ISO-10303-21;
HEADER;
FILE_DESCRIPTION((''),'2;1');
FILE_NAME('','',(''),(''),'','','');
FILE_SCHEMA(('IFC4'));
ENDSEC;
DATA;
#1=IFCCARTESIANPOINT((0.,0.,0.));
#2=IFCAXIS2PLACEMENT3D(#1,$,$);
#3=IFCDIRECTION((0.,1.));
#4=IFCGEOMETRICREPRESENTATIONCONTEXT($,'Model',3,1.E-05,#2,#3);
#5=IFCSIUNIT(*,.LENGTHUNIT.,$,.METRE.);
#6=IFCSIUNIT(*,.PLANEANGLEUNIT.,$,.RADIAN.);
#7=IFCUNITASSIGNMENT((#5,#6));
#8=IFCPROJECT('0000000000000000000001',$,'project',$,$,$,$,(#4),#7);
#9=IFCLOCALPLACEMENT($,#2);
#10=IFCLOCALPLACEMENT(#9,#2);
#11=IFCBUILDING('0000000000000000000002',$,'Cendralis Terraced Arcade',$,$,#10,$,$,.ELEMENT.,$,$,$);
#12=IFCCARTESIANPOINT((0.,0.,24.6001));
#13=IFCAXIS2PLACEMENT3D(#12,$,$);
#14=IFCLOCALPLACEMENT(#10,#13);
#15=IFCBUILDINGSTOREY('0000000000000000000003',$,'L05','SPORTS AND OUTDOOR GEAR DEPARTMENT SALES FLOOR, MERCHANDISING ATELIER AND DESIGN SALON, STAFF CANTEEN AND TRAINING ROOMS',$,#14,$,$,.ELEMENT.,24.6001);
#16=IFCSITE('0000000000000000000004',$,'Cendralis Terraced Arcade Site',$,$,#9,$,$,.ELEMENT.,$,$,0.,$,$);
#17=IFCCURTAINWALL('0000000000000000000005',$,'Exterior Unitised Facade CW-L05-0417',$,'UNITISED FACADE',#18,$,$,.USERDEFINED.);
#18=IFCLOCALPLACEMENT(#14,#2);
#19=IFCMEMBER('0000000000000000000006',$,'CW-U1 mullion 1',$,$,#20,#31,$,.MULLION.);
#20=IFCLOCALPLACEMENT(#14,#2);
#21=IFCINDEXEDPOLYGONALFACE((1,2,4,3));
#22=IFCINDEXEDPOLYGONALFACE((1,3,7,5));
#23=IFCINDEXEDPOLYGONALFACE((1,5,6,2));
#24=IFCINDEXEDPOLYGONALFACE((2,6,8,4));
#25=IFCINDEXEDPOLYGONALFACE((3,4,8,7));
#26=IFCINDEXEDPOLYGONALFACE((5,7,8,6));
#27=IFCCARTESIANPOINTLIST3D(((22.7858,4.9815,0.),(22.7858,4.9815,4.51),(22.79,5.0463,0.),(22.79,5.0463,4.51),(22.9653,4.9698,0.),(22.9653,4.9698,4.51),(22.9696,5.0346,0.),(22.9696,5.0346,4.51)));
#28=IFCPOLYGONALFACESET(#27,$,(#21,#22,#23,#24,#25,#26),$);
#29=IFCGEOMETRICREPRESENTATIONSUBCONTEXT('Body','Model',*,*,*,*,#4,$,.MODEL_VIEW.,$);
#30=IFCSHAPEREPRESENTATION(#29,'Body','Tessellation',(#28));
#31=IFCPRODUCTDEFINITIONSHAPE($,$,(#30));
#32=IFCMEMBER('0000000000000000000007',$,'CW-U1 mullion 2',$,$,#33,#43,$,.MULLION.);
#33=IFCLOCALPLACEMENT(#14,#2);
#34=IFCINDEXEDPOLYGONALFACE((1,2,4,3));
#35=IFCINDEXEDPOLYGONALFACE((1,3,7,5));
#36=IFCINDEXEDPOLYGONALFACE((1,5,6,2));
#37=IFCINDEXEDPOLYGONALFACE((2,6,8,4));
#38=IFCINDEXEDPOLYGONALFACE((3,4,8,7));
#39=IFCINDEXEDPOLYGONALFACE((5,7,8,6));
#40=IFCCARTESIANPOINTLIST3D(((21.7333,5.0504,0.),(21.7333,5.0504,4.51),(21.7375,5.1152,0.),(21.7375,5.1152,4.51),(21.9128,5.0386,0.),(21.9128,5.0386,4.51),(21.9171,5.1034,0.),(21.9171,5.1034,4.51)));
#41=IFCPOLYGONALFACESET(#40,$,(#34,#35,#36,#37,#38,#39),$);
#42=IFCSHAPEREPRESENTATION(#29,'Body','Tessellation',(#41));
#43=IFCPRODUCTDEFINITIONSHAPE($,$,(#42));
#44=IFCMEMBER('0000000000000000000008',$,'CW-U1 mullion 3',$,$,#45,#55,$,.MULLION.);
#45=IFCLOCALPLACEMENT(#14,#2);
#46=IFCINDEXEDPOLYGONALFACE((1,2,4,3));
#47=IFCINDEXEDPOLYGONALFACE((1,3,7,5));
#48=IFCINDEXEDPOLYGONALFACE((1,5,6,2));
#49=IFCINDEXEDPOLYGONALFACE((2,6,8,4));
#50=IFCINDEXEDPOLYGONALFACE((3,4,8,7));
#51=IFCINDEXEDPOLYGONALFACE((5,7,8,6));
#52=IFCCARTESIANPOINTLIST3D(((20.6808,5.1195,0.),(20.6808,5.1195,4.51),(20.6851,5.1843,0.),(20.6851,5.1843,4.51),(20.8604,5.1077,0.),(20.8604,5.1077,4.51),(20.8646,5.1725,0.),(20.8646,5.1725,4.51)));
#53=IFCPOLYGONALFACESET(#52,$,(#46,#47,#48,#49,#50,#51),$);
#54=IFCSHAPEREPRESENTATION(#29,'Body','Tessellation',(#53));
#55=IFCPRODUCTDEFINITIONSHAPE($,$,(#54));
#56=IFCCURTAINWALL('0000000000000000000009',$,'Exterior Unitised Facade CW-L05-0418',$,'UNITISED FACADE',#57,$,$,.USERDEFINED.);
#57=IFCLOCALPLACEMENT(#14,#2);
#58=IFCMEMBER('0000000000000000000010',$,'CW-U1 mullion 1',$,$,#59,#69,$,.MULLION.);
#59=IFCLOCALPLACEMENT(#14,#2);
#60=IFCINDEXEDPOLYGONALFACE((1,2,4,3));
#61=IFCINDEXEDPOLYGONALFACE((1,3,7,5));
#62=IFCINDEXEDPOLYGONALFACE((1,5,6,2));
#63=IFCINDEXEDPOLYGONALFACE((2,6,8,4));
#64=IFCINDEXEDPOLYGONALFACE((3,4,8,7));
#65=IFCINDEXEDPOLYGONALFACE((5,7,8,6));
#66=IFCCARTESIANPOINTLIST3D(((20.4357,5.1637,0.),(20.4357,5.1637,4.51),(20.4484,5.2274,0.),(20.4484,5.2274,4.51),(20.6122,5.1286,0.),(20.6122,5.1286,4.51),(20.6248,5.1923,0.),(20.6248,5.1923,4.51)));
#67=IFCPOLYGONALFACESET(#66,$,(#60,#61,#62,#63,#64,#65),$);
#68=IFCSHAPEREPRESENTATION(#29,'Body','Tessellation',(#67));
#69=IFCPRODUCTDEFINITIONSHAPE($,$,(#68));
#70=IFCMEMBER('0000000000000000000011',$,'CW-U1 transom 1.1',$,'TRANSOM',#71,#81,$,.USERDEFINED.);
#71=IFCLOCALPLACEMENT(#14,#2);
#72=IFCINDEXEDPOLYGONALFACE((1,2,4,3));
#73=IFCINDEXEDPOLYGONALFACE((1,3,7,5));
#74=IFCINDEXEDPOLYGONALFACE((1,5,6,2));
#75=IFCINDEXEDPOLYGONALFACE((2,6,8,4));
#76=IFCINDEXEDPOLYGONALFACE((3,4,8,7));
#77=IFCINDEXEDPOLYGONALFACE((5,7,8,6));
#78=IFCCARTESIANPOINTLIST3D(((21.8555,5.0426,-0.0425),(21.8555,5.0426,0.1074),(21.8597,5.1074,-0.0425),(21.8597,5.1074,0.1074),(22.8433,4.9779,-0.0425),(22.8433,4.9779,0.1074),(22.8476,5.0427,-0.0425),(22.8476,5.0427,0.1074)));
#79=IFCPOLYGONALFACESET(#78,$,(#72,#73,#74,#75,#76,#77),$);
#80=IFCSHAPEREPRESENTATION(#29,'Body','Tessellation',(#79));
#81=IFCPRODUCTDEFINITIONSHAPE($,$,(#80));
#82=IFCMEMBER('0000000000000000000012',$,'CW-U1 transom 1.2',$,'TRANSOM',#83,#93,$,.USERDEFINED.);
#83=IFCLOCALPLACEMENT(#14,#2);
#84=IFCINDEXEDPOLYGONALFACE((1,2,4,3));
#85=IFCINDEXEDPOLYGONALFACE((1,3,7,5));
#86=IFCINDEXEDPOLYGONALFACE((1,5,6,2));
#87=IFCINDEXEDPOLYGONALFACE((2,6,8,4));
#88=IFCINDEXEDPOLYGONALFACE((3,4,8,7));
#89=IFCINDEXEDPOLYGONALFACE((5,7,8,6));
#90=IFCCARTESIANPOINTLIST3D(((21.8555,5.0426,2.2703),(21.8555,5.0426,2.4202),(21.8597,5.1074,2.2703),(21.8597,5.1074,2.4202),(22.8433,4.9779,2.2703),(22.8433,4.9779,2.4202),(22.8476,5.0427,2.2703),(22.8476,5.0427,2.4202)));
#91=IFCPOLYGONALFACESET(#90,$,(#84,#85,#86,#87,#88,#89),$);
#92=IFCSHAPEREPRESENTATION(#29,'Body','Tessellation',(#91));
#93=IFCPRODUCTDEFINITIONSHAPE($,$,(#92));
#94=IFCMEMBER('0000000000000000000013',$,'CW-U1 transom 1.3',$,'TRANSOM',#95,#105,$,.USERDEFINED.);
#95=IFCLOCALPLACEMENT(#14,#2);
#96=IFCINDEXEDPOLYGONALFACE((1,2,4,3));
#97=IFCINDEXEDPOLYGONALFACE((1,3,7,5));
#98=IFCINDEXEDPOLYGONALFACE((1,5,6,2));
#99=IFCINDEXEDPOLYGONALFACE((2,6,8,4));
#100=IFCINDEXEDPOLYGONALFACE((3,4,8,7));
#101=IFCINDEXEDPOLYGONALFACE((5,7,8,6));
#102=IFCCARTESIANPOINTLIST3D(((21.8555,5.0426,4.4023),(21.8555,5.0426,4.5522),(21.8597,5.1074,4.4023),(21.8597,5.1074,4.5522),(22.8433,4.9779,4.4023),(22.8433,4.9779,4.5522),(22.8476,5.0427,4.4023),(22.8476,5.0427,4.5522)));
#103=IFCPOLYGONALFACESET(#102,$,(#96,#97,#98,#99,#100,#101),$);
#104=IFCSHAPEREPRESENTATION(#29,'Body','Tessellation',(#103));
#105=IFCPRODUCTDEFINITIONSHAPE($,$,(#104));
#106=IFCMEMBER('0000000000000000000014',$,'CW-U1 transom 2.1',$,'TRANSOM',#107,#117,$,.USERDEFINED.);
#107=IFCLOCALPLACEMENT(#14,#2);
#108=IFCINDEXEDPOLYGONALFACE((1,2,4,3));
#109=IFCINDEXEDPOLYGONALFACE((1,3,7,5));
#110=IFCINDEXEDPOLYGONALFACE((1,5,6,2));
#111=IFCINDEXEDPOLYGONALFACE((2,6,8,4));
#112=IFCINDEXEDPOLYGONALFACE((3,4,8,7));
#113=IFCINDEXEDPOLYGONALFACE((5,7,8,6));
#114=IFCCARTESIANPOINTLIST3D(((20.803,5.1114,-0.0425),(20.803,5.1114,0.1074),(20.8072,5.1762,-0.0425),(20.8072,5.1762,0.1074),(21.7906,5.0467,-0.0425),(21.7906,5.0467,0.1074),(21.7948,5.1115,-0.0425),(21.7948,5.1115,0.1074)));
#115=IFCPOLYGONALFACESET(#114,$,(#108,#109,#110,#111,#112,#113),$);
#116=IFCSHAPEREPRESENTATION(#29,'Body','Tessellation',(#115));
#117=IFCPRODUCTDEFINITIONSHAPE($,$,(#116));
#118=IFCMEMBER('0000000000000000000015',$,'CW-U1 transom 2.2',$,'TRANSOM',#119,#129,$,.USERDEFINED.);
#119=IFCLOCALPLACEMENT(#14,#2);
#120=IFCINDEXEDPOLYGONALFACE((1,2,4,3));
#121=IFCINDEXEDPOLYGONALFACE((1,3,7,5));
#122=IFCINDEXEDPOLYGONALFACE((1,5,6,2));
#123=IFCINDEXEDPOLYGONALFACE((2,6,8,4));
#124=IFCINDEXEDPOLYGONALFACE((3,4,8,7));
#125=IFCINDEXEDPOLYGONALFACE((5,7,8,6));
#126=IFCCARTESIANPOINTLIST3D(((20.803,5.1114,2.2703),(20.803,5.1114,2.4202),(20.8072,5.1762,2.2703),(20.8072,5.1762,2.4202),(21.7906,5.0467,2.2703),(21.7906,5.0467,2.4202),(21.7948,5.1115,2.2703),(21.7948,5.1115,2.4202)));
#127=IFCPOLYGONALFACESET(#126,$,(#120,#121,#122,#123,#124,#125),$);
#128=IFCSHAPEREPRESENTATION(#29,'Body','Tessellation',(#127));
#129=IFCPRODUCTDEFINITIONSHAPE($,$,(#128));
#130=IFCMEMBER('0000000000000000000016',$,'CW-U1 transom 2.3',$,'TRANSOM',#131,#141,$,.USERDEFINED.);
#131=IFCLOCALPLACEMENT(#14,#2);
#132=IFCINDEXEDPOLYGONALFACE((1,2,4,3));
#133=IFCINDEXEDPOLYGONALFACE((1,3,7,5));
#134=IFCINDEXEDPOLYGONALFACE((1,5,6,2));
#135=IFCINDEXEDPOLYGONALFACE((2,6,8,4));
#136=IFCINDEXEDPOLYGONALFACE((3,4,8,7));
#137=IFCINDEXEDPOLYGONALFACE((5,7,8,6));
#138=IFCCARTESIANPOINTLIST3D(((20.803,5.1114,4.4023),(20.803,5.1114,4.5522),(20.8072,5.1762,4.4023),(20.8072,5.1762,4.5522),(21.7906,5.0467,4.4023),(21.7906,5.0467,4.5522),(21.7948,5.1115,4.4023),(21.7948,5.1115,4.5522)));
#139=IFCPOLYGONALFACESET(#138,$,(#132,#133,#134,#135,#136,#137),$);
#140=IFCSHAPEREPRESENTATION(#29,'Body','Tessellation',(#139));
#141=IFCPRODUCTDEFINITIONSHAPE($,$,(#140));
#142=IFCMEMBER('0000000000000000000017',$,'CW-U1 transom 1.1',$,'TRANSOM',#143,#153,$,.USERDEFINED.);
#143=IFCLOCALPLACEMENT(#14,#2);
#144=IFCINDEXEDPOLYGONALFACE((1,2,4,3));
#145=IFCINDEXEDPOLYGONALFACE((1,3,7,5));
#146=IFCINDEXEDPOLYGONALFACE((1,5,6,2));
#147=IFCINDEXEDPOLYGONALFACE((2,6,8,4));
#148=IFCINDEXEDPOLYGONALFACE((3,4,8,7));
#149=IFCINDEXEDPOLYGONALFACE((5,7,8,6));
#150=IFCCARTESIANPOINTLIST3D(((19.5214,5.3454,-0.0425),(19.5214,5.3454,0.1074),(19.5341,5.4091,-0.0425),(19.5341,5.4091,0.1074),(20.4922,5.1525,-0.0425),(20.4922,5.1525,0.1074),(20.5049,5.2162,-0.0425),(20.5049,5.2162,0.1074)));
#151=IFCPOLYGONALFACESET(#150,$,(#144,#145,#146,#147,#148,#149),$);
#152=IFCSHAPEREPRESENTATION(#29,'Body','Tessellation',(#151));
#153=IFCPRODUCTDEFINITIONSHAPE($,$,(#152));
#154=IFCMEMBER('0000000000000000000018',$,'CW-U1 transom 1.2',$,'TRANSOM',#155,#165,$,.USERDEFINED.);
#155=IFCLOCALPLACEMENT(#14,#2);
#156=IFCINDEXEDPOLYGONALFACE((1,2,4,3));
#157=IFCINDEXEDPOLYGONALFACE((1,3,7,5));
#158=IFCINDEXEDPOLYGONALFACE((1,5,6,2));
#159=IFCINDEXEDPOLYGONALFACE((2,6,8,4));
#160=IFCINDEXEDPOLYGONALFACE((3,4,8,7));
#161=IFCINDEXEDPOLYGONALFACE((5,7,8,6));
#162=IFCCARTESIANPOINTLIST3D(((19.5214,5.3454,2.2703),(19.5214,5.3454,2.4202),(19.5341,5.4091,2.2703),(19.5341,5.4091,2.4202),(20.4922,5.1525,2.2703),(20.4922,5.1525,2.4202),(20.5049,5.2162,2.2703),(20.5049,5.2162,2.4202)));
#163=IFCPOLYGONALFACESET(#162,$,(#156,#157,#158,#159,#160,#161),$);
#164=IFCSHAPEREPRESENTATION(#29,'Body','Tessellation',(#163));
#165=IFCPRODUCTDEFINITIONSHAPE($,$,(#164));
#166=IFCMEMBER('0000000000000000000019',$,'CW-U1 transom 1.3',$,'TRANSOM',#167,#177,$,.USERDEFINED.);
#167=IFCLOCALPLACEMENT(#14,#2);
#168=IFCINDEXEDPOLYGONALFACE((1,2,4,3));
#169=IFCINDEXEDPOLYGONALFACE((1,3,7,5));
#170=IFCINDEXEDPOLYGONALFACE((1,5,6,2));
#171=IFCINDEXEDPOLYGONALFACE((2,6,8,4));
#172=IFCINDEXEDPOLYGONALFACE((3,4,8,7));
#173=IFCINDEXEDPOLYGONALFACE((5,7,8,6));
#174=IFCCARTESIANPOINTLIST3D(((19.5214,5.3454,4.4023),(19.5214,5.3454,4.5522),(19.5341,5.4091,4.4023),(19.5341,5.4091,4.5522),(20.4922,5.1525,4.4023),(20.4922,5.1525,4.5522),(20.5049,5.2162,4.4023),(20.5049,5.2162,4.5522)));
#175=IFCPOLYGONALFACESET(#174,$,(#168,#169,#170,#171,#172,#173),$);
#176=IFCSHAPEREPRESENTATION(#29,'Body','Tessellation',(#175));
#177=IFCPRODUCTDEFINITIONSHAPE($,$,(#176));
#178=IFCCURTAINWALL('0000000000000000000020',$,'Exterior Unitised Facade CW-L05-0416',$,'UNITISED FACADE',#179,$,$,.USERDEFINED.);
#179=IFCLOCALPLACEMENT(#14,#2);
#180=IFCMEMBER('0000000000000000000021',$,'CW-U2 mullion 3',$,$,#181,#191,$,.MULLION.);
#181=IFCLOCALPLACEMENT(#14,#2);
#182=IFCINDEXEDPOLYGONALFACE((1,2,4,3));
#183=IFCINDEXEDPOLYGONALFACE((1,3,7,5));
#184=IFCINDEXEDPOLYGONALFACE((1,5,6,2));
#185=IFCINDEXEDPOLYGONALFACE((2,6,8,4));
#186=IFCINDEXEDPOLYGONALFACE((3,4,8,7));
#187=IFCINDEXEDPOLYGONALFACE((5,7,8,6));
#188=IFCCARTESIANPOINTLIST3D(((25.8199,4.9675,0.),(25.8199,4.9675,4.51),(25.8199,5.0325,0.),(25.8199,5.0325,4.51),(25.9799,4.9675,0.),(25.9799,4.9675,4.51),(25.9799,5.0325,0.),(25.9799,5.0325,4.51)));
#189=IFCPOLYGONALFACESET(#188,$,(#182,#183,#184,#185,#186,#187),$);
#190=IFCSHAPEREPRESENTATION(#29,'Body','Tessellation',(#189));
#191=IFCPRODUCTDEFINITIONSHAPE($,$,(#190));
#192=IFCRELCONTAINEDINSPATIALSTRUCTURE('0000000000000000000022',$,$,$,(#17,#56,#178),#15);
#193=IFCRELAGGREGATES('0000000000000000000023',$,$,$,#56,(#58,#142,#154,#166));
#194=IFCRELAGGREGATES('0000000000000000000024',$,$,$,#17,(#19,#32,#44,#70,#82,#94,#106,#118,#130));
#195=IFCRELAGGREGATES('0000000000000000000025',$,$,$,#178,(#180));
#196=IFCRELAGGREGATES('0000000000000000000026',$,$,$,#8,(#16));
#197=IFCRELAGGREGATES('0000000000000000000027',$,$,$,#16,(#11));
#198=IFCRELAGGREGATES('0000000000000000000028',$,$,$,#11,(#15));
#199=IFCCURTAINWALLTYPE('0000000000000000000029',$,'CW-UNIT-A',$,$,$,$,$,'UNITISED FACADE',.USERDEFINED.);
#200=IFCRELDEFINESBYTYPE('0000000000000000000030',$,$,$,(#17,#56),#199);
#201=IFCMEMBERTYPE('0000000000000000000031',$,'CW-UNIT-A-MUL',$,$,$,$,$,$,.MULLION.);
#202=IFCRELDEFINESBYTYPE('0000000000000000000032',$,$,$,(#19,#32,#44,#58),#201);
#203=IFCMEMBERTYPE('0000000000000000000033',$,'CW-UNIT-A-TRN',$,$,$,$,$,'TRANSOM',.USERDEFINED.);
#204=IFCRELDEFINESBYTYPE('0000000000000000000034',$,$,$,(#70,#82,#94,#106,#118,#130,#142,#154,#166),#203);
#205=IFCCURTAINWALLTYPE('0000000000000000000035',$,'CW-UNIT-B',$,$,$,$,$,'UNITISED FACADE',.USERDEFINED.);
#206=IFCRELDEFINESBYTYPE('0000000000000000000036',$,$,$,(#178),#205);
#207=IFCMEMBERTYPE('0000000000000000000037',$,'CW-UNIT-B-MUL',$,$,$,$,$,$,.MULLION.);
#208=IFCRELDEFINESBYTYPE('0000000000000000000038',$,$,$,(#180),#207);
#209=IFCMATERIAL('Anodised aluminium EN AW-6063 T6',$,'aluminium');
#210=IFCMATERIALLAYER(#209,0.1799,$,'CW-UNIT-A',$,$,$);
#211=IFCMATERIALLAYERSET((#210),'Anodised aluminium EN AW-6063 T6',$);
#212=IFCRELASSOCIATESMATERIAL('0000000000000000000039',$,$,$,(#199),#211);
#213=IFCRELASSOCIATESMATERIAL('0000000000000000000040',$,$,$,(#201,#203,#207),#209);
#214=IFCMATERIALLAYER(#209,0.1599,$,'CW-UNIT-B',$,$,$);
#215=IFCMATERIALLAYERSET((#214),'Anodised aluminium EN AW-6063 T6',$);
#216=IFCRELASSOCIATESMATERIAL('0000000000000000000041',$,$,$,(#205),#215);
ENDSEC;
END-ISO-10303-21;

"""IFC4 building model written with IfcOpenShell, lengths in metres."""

from ifc_helpers import new_model, si_unit, direction, frame, origin, origin_2d, place, context, subcontext, project, spatial, rectangle, extrude, material, layer, layer_set, material_profile, profile_set, type_object, element, aggregate, save


model = new_model("IFC4")

# Units and contexts
model_context = context("Model", 3, precision=1e-05, world=origin(), true_north=direction((0.0, 1.0)))
body_context = subcontext(model_context, "Body", "Model", "MODEL_VIEW")
ifc_project = project(units=[si_unit("LENGTHUNIT", "METRE"), si_unit("PLANEANGLEUNIT", "RADIAN")], contexts=[model_context])

# Site, building, storey
site_placement = place(None, origin())
site = spatial("IfcSite", under=ifc_project, at=site_placement, Name="Cendralis Terraced Arcade Site", CompositionType="ELEMENT", RefElevation=0.0)
building_placement = place(site_placement, origin())
building = spatial("IfcBuilding", under=site, at=building_placement, Name="Cendralis Terraced Arcade", CompositionType="ELEMENT")
storey_placement = place(building_placement, frame((0.0, 0.0, 24.6001)))
storey = spatial("IfcBuildingStorey", under=building, at=storey_placement, Name="L05", Description="SPORTS AND OUTDOOR GEAR DEPARTMENT SALES FLOOR, MERCHANDISING ATELIER AND DESIGN SALON, STAFF CANTEEN AND TRAINING ROOMS", CompositionType="ELEMENT", Elevation=24.6001)

# Curtain wall, members
ifc_material_1 = material(Name="Anodised aluminium EN AW-6063 T6", Category="aluminium")
ifc_layer_1 = layer(ifc_material_1, 0.1799, Name="CW-UNIT-A")
ifc_layer_set_1 = layer_set([ifc_layer_1], Name="Anodised aluminium EN AW-6063 T6")
curtain_wall_type_1 = type_object("IfcCurtainWallType", Name="CW-UNIT-A", ElementType="UNITISED FACADE", PredefinedType="USERDEFINED", material=ifc_layer_set_1)
curtain_wall_1_placement = place(storey_placement, origin())
curtain_wall_1 = element("IfcCurtainWall", 1, at=curtain_wall_1_placement, inside=storey, type_object=curtain_wall_type_1, Name="Exterior Unitised Facade CW-L05-0417", ObjectType="UNITISED FACADE", PredefinedType="USERDEFINED")
ifc_material_profile_1 = material_profile(ifc_material_1, rectangle(XDim=0.0649, YDim=0.1799, at=origin_2d()), Name="ALU-MUL-65x180")
ifc_profile_set_1 = profile_set([ifc_material_profile_1], Name="Anodised aluminium EN AW-6063 T6")
member_type_1 = type_object("IfcMemberType", Name="CW-UNIT-A-MUL", PredefinedType="MULLION", material=ifc_profile_set_1)
member_1_placement = place(storey_placement, frame((22.8777, 5.0081, 0.0), z_axis=(0.0, 0.0, 1.0), x_axis=(-0.065393, -0.99786, 0.0)))
member_1 = element("IfcMember", 2, at=member_1_placement, type_object=member_type_1, Name="CW-U1 mullion 1", PredefinedType="MULLION", context=body_context, shape_type="SweptSolid", body=[
    extrude(rectangle(XDim=0.0649, YDim=0.1799, at=origin_2d()), origin(), (0.0, 0.0, 1.0), 4.51),
])
member_2_placement = place(storey_placement, frame((21.8252, 5.0769, 0.0), z_axis=(0.0, 0.0, 1.0), x_axis=(-0.065393, -0.99786, 0.0)))
member_2 = element("IfcMember", 3, at=member_2_placement, type_object=member_type_1, Name="CW-U1 mullion 2", PredefinedType="MULLION", context=body_context, shape_type="SweptSolid", body=[
    extrude(rectangle(XDim=0.0649, YDim=0.1799, at=origin_2d()), origin(), (0.0, 0.0, 1.0), 4.51),
])
member_3_placement = place(storey_placement, frame((20.7727, 5.146, 0.0), z_axis=(0.0, 0.0, 1.0), x_axis=(-0.065393, -0.99786, 0.0)))
member_3 = element("IfcMember", 4, at=member_3_placement, type_object=member_type_1, Name="CW-U1 mullion 3", PredefinedType="MULLION", context=body_context, shape_type="SweptSolid", body=[
    extrude(rectangle(XDim=0.0649, YDim=0.1799, at=origin_2d()), origin(), (0.0, 0.0, 1.0), 4.51),
])

# Curtain wall, member
curtain_wall_2_placement = place(storey_placement, origin())
curtain_wall_2 = element("IfcCurtainWall", 5, at=curtain_wall_2_placement, inside=storey, type_object=curtain_wall_type_1, Name="Exterior Unitised Facade CW-L05-0418", ObjectType="UNITISED FACADE", PredefinedType="USERDEFINED")
member_4_placement = place(storey_placement, frame((20.5303, 5.178, 0.0), z_axis=(0.0, 0.0, 1.0), x_axis=(-0.195046, -0.980794, 0.0)))
member_4 = element("IfcMember", 6, at=member_4_placement, type_object=member_type_1, Name="CW-U1 mullion 1", PredefinedType="MULLION", context=body_context, shape_type="SweptSolid", body=[
    extrude(rectangle(XDim=0.0649, YDim=0.1799, at=origin_2d()), origin(), (0.0, 0.0, 1.0), 4.51),
])

# Members
ifc_material_profile_2 = material_profile(ifc_material_1, rectangle(XDim=0.0649, YDim=0.1499, at=origin_2d()), Name="ALU-TRN-65x150")
ifc_profile_set_2 = profile_set([ifc_material_profile_2], Name="Anodised aluminium EN AW-6063 T6")
member_type_2 = type_object("IfcMemberType", Name="CW-UNIT-A-TRN", ElementType="TRANSOM", PredefinedType="USERDEFINED", material=ifc_profile_set_2)
member_5_placement = place(storey_placement, frame((22.8455, 5.0103, 0.0325), z_axis=(-0.997862, 0.065357, 0.0), x_axis=(-0.065357, -0.997862, 0.0)))
member_5 = element("IfcMember", 7, at=member_5_placement, type_object=member_type_2, Name="CW-U1 transom 1.1", ObjectType="TRANSOM", PredefinedType="USERDEFINED", context=body_context, shape_type="SweptSolid", body=[
    extrude(rectangle(XDim=0.0649, YDim=0.1499, at=origin_2d()), origin(), (0.0, 0.0, 1.0), 0.99),
])
member_6_placement = place(storey_placement, frame((22.8455, 5.0103, 2.3452), z_axis=(-0.997862, 0.065357, 0.0), x_axis=(-0.065357, -0.997862, 0.0)))
member_6 = element("IfcMember", 8, at=member_6_placement, type_object=member_type_2, Name="CW-U1 transom 1.2", ObjectType="TRANSOM", PredefinedType="USERDEFINED", context=body_context, shape_type="SweptSolid", body=[
    extrude(rectangle(XDim=0.0649, YDim=0.1499, at=origin_2d()), origin(), (0.0, 0.0, 1.0), 0.99),
])
member_7_placement = place(storey_placement, frame((22.8455, 5.0103, 4.4773), z_axis=(-0.997862, 0.065357, 0.0), x_axis=(-0.065357, -0.997862, 0.0)))
member_7 = element("IfcMember", 9, at=member_7_placement, type_object=member_type_2, Name="CW-U1 transom 1.3", ObjectType="TRANSOM", PredefinedType="USERDEFINED", context=body_context, shape_type="SweptSolid", body=[
    extrude(rectangle(XDim=0.0649, YDim=0.1499, at=origin_2d()), origin(), (0.0, 0.0, 1.0), 0.99),
])
member_8_placement = place(storey_placement, frame((21.7927, 5.0791, 0.0325), z_axis=(-0.997861, 0.065373, 0.0), x_axis=(-0.065373, -0.997861, 0.0)))
member_8 = element("IfcMember", 10, at=member_8_placement, type_object=member_type_2, Name="CW-U1 transom 2.1", ObjectType="TRANSOM", PredefinedType="USERDEFINED", context=body_context, shape_type="SweptSolid", body=[
    extrude(rectangle(XDim=0.0649, YDim=0.1499, at=origin_2d()), origin(), (0.0, 0.0, 1.0), 0.9897),
])
member_9_placement = place(storey_placement, frame((21.7927, 5.0791, 2.3452), z_axis=(-0.997861, 0.065373, 0.0), x_axis=(-0.065373, -0.997861, 0.0)))
member_9 = element("IfcMember", 11, at=member_9_placement, type_object=member_type_2, Name="CW-U1 transom 2.2", ObjectType="TRANSOM", PredefinedType="USERDEFINED", context=body_context, shape_type="SweptSolid", body=[
    extrude(rectangle(XDim=0.0649, YDim=0.1499, at=origin_2d()), origin(), (0.0, 0.0, 1.0), 0.9897),
])
member_10_placement = place(storey_placement, frame((21.7927, 5.0791, 4.4773), z_axis=(-0.997861, 0.065373, 0.0), x_axis=(-0.065373, -0.997861, 0.0)))
member_10 = element("IfcMember", 12, at=member_10_placement, type_object=member_type_2, Name="CW-U1 transom 2.3", ObjectType="TRANSOM", PredefinedType="USERDEFINED", context=body_context, shape_type="SweptSolid", body=[
    extrude(rectangle(XDim=0.0649, YDim=0.1499, at=origin_2d()), origin(), (0.0, 0.0, 1.0), 0.9897),
])
member_11_placement = place(storey_placement, frame((20.4985, 5.1843, 0.0325), z_axis=(-0.980827, 0.194883, 0.0), x_axis=(-0.194883, -0.980827, 0.0)))
member_11 = element("IfcMember", 13, at=member_11_placement, type_object=member_type_2, Name="CW-U1 transom 1.1", ObjectType="TRANSOM", PredefinedType="USERDEFINED", context=body_context, shape_type="SweptSolid", body=[
    extrude(rectangle(XDim=0.0649, YDim=0.1499, at=origin_2d()), origin(), (0.0, 0.0, 1.0), 0.9897),
])
member_12_placement = place(storey_placement, frame((20.4985, 5.1843, 2.3452), z_axis=(-0.980827, 0.194883, 0.0), x_axis=(-0.194883, -0.980827, 0.0)))
member_12 = element("IfcMember", 14, at=member_12_placement, type_object=member_type_2, Name="CW-U1 transom 1.2", ObjectType="TRANSOM", PredefinedType="USERDEFINED", context=body_context, shape_type="SweptSolid", body=[
    extrude(rectangle(XDim=0.0649, YDim=0.1499, at=origin_2d()), origin(), (0.0, 0.0, 1.0), 0.9897),
])
member_13_placement = place(storey_placement, frame((20.4985, 5.1843, 4.4773), z_axis=(-0.980827, 0.194883, 0.0), x_axis=(-0.194883, -0.980827, 0.0)))
member_13 = element("IfcMember", 15, at=member_13_placement, type_object=member_type_2, Name="CW-U1 transom 1.3", ObjectType="TRANSOM", PredefinedType="USERDEFINED", context=body_context, shape_type="SweptSolid", body=[
    extrude(rectangle(XDim=0.0649, YDim=0.1499, at=origin_2d()), origin(), (0.0, 0.0, 1.0), 0.9897),
])
aggregate(curtain_wall_2, [member_4, member_11, member_12, member_13])

# Curtain wall, member
ifc_layer_2 = layer(ifc_material_1, 0.1599, Name="CW-UNIT-B")
ifc_layer_set_2 = layer_set([ifc_layer_2], Name="Anodised aluminium EN AW-6063 T6")
curtain_wall_type_2 = type_object("IfcCurtainWallType", Name="CW-UNIT-B", ElementType="UNITISED FACADE", PredefinedType="USERDEFINED", material=ifc_layer_set_2)
curtain_wall_3_placement = place(storey_placement, origin())
curtain_wall_3 = element("IfcCurtainWall", 16, at=curtain_wall_3_placement, inside=storey, type_object=curtain_wall_type_2, Name="Exterior Unitised Facade CW-L05-0416", ObjectType="UNITISED FACADE", PredefinedType="USERDEFINED")
ifc_material_profile_3 = material_profile(ifc_material_1, rectangle(XDim=0.0649, YDim=0.1599, at=origin_2d()), Name="ALU-MUL-65x160")
ifc_profile_set_3 = profile_set([ifc_material_profile_3], Name="Anodised aluminium EN AW-6063 T6")
member_type_3 = type_object("IfcMemberType", Name="CW-UNIT-B-MUL", PredefinedType="MULLION", material=ifc_profile_set_3)
member_14_placement = place(storey_placement, frame((25.8999, 5.0, 0.0), z_axis=(0.0, 0.0, 1.0), x_axis=(0.0, -1.0, 0.0)))
member_14 = element("IfcMember", 17, at=member_14_placement, type_object=member_type_3, Name="CW-U2 mullion 3", PredefinedType="MULLION", context=body_context, shape_type="SweptSolid", body=[
    extrude(rectangle(XDim=0.0649, YDim=0.1599, at=origin_2d()), origin(), (0.0, 0.0, 1.0), 4.51),
])

aggregate(curtain_wall_1, [member_1, member_2, member_3, member_5, member_6, member_7, member_8, member_9, member_10])
aggregate(curtain_wall_3, [member_14])

save(model, "model.ifc")
